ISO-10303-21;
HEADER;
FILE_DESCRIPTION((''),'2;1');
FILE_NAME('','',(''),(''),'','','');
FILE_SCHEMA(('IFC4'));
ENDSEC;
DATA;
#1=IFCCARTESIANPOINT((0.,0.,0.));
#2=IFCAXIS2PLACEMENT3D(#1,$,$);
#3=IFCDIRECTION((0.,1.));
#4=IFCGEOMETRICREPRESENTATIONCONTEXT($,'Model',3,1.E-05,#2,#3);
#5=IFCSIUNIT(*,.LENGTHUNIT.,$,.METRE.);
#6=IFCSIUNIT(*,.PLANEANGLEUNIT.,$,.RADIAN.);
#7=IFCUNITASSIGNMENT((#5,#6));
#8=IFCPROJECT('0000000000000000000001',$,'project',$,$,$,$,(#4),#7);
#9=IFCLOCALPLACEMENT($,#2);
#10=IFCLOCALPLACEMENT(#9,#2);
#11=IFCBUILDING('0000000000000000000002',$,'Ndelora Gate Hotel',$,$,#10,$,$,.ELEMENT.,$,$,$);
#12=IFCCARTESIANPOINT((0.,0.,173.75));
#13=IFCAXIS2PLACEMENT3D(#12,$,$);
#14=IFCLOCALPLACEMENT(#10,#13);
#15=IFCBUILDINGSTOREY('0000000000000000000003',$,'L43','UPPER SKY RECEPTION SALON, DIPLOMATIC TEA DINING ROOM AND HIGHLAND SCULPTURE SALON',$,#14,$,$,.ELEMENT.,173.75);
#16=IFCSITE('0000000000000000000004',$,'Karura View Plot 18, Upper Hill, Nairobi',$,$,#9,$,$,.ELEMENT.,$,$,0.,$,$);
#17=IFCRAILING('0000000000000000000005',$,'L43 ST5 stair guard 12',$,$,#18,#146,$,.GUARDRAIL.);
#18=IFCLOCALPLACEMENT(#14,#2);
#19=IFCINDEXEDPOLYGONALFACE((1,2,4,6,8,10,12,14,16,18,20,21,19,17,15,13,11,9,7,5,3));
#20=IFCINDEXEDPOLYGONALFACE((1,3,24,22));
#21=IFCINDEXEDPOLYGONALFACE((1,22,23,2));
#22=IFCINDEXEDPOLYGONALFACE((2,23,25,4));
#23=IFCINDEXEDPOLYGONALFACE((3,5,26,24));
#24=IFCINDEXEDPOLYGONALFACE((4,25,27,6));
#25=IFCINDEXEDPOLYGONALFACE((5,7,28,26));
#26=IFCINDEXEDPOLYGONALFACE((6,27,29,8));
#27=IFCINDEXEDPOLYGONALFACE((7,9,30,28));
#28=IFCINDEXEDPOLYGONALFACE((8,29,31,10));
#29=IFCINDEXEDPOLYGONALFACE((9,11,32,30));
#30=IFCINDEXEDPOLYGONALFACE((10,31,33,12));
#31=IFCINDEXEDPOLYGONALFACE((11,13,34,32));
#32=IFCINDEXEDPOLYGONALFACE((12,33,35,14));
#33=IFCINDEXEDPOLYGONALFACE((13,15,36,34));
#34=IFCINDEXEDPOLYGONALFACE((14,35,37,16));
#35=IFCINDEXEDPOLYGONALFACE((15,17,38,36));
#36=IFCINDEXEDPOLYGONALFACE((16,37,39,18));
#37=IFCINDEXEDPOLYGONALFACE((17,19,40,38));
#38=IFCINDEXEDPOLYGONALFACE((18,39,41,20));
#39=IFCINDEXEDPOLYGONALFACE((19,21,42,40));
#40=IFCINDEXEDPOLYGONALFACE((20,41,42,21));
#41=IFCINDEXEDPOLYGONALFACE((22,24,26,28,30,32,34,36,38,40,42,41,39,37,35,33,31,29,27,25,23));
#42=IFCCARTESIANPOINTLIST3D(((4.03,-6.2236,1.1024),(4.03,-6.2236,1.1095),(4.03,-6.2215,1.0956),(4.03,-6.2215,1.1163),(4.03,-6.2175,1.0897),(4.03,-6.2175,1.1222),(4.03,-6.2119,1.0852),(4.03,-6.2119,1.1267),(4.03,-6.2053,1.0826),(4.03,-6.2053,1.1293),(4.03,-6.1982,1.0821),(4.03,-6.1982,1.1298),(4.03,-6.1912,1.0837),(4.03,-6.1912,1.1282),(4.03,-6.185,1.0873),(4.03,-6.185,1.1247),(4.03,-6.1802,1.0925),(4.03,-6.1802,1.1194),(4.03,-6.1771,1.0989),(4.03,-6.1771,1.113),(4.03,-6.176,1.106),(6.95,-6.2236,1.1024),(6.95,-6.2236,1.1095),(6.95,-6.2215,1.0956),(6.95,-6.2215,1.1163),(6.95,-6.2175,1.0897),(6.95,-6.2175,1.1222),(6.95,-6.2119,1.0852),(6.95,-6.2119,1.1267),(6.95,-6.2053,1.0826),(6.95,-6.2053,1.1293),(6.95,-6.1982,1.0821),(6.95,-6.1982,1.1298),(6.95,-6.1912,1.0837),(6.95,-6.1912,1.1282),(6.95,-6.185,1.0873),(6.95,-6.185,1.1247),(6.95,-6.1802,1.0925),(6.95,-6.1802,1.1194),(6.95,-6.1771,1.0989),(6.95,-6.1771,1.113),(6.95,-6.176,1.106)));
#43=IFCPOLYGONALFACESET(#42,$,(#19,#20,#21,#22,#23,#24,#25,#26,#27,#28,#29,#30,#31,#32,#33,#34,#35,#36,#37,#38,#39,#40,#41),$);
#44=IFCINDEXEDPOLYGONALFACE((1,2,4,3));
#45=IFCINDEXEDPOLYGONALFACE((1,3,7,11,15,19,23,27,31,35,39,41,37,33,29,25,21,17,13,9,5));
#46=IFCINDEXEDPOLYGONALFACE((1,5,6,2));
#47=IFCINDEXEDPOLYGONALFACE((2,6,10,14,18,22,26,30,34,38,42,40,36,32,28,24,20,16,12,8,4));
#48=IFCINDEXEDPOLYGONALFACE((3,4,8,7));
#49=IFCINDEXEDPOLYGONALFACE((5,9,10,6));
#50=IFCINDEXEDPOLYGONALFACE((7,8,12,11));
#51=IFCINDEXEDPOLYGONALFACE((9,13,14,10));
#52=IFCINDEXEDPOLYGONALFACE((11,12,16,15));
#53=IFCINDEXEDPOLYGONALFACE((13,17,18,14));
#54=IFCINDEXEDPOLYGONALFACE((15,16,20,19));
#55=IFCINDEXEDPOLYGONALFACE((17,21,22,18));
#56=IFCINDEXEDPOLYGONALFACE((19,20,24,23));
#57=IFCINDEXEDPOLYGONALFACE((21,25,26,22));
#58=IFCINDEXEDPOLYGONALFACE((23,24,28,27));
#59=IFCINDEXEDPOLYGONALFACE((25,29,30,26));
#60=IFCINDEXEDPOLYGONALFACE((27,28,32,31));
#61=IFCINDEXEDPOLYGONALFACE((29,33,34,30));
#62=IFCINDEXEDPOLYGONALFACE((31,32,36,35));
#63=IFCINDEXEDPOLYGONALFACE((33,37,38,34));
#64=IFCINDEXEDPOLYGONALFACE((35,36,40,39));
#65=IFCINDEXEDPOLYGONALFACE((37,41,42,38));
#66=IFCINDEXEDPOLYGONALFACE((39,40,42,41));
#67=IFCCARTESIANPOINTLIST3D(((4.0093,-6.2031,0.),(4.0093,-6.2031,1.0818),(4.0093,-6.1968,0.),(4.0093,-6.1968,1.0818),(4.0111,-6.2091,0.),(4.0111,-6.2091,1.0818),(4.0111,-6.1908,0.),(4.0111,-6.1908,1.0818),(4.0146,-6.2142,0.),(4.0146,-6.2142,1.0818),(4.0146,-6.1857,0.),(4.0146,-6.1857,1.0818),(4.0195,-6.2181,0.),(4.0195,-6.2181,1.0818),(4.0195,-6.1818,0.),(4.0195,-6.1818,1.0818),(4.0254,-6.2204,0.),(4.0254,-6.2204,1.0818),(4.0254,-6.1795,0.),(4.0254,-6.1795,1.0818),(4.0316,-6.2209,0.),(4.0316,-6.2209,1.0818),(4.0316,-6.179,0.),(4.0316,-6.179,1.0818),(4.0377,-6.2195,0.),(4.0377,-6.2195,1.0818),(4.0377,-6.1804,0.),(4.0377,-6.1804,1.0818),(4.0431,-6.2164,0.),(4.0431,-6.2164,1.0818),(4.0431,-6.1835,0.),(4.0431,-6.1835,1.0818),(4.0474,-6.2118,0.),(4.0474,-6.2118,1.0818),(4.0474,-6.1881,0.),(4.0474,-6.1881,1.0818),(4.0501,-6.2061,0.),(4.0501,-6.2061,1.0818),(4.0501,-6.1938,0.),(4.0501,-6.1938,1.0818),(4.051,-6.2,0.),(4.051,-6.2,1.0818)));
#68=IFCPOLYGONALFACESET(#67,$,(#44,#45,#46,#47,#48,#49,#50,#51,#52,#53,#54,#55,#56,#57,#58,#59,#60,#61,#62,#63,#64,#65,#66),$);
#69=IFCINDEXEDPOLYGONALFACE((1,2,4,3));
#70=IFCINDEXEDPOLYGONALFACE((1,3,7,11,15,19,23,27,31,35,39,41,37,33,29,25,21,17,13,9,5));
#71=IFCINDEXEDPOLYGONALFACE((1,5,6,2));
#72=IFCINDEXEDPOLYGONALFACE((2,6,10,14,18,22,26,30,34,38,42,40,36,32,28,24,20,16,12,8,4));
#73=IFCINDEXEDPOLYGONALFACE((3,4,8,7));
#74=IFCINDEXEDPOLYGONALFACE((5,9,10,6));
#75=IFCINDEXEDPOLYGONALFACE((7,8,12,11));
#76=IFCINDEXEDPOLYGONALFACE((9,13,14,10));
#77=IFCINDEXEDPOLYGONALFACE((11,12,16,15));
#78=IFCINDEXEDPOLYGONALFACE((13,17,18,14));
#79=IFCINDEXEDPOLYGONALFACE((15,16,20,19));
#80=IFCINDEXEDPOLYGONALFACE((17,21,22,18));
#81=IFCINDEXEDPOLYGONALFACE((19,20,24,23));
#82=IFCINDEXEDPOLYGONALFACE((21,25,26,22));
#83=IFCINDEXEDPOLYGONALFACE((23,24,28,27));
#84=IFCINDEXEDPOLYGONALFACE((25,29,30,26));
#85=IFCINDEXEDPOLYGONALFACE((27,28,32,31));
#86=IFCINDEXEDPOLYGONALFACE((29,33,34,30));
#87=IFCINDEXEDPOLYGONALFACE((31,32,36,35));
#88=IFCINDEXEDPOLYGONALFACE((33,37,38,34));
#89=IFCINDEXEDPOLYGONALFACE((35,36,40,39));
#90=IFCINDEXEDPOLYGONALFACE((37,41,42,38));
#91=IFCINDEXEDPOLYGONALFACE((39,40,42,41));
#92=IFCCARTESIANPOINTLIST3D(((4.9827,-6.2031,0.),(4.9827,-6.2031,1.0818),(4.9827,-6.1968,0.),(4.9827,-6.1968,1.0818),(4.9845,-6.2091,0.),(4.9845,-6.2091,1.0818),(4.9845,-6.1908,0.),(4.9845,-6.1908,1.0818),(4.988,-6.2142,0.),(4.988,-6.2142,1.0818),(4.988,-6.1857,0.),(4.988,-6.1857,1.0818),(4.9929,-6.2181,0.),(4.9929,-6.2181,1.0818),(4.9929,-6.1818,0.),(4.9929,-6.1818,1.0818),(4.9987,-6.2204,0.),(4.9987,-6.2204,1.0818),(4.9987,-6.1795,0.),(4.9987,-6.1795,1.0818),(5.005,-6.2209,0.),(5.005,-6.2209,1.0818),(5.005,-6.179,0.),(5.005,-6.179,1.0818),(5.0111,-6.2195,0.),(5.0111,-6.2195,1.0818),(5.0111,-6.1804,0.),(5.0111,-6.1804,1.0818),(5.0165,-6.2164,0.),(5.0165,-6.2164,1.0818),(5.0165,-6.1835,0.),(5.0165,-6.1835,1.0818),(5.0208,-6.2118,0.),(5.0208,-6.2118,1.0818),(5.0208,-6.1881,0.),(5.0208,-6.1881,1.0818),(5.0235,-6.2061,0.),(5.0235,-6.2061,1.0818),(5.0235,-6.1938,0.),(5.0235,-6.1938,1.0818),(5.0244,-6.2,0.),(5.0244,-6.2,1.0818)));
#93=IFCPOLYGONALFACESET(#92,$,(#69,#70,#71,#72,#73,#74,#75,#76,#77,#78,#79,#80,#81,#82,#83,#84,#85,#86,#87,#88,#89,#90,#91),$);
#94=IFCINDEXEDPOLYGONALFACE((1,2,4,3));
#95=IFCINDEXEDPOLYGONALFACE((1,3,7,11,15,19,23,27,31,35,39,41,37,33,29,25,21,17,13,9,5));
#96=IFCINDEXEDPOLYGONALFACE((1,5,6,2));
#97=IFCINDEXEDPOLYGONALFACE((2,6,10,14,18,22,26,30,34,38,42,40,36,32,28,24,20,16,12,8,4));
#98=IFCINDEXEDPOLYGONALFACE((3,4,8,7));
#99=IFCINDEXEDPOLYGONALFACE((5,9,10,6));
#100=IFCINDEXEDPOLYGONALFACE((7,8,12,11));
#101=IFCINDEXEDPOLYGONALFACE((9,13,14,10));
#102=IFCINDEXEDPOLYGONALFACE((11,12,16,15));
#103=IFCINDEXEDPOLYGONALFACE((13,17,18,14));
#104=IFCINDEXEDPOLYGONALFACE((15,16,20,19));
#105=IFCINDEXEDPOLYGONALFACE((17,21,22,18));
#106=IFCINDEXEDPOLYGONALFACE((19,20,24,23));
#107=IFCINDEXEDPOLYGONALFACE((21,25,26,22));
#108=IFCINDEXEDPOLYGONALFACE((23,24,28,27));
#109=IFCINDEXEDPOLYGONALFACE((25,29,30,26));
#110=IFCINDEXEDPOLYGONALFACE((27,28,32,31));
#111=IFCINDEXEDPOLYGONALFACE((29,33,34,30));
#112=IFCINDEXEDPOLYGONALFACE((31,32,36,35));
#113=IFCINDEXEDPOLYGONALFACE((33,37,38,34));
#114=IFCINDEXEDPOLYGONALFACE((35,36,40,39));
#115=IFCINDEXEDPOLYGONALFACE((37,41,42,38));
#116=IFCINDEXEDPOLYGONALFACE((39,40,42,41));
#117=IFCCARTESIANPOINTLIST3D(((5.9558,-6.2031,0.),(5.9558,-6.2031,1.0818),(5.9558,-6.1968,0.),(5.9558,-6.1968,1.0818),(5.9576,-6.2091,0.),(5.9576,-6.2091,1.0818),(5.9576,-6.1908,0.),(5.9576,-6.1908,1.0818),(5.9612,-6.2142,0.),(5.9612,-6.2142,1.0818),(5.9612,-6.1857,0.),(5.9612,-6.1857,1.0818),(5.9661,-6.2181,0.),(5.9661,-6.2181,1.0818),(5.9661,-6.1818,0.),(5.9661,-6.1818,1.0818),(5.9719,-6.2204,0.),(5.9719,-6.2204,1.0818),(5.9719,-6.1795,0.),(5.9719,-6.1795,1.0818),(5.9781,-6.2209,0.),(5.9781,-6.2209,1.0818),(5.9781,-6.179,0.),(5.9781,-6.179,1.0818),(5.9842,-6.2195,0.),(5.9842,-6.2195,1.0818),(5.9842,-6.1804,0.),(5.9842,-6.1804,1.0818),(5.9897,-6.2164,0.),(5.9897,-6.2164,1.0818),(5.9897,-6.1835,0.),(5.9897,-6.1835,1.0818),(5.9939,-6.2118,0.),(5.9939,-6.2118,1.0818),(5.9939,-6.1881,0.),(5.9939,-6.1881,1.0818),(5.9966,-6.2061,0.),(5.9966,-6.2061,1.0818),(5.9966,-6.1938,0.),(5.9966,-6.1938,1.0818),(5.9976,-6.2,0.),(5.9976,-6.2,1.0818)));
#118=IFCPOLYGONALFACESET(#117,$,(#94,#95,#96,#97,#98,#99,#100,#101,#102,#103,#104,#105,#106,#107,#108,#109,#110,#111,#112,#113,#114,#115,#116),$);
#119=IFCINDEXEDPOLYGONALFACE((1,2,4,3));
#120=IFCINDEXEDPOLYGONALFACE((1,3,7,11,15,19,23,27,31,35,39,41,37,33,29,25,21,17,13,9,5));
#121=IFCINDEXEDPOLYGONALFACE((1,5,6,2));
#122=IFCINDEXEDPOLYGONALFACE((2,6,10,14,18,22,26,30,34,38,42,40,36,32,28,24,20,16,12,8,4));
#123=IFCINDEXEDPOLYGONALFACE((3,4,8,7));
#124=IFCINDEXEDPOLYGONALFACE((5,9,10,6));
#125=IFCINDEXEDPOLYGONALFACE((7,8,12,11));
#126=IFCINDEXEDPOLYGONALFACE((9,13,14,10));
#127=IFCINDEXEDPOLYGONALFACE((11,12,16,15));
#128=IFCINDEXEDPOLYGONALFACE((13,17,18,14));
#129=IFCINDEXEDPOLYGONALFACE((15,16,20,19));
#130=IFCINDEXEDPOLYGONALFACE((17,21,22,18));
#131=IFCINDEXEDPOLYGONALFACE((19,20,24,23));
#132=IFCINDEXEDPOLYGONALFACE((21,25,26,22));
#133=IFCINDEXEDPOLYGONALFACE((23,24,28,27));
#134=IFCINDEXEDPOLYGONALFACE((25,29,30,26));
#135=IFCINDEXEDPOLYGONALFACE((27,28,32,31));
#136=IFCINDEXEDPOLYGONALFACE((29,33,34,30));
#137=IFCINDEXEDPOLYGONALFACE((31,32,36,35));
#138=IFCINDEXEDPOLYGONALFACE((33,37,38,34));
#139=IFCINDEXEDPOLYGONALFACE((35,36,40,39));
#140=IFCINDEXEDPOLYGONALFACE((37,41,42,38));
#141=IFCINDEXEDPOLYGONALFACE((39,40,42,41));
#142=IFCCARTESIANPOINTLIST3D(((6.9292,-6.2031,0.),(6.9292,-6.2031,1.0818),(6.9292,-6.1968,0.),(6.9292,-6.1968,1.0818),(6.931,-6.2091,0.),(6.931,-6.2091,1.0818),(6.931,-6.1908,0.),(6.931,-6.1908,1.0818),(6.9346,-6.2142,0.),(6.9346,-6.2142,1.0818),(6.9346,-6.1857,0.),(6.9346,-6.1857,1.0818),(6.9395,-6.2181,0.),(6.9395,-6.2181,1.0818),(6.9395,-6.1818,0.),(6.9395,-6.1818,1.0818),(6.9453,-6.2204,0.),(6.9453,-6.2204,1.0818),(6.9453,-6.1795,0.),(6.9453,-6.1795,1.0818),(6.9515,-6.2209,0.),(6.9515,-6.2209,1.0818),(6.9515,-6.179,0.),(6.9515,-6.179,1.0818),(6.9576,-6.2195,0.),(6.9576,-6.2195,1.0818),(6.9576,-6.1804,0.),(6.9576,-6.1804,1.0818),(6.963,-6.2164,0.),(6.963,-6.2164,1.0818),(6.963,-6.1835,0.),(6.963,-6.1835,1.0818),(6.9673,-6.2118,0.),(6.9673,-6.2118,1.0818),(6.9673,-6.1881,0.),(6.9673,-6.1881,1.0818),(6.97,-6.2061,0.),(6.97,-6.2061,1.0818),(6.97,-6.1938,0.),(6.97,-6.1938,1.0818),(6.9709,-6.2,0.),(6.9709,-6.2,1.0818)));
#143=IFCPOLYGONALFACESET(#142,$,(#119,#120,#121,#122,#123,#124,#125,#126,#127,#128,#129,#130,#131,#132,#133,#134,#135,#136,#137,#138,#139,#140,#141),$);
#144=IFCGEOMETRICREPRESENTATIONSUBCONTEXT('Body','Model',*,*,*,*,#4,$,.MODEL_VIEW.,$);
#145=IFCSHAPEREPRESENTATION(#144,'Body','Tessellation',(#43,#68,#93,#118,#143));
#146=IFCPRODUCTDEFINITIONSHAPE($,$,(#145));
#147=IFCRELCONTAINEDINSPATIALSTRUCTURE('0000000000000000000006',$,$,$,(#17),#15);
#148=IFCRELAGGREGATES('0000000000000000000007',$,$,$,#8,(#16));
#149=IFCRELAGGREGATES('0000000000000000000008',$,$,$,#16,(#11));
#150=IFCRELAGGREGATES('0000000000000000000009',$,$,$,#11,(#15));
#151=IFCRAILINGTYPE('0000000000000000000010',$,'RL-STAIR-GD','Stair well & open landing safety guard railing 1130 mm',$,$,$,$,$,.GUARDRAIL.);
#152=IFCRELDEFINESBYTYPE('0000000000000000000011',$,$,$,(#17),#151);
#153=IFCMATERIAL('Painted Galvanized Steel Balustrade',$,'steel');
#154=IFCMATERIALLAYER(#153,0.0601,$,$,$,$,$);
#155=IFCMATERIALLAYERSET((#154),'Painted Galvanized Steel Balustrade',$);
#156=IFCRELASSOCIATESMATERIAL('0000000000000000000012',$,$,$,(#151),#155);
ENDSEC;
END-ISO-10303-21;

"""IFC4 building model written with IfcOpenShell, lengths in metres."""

from ifc_helpers import new_model, si_unit, direction, frame, origin, origin_2d, place, context, subcontext, project, spatial, circle, extrude, material, layer, layer_set, type_object, element, save


model = new_model("IFC4")

# Units and contexts
model_context = context("Model", 3, precision=1e-05, world=origin(), true_north=direction((0.0, 1.0)))
body_context = subcontext(model_context, "Body", "Model", "MODEL_VIEW")
ifc_project = project(units=[si_unit("LENGTHUNIT", "METRE"), si_unit("PLANEANGLEUNIT", "RADIAN")], contexts=[model_context])

# Site, building, storey
site_placement = place(None, origin())
site = spatial("IfcSite", under=ifc_project, at=site_placement, Name="Karura View Plot 18, Upper Hill, Nairobi", CompositionType="ELEMENT", RefElevation=0.0)
building_placement = place(site_placement, origin())
building = spatial("IfcBuilding", under=site, at=building_placement, Name="Ndelora Gate Hotel", CompositionType="ELEMENT")
storey_placement = place(building_placement, frame((0.0, 0.0, 173.75)))
storey = spatial("IfcBuildingStorey", under=building, at=storey_placement, Name="L43", Description="UPPER SKY RECEPTION SALON, DIPLOMATIC TEA DINING ROOM AND HIGHLAND SCULPTURE SALON", CompositionType="ELEMENT", Elevation=173.75)

# Railing
ifc_material_1 = material(Name="Painted Galvanized Steel Balustrade", Category="steel")
ifc_layer_1 = layer(ifc_material_1, 0.0601)
ifc_layer_set_1 = layer_set([ifc_layer_1], Name="Painted Galvanized Steel Balustrade")
railing_type = type_object("IfcRailingType", Name="RL-STAIR-GD", Description="Stair well & open landing safety guard railing 1130 mm", PredefinedType="GUARDRAIL", material=ifc_layer_set_1)
railing_1_placement = place(storey_placement, frame((4.03, -6.2, 0.0)))
element("IfcRailing", 1, at=railing_1_placement, inside=storey, type_object=railing_type, Name="L43 ST5 stair guard 12", PredefinedType="GUARDRAIL", context=body_context, shape_type="SweptSolid", body=[
    extrude(circle(Radius=0.0239, at=origin_2d()), frame((0.0, 0.0, 1.106), z_axis=(1.0, 0.0, 0.0), x_axis=(0.0, 1.0, 0.0)), (0.0, 0.0, 1.0), 2.9199),
    extrude(circle(Radius=0.021, at=origin_2d()), origin(), (0.0, 0.0, 1.0), 1.0818),
    extrude(circle(Radius=0.021, at=origin_2d()), frame((0.9734, 0.0, 0.0)), (0.0, 0.0, 1.0), 1.0818),
    extrude(circle(Radius=0.021, at=origin_2d()), frame((1.9465, 0.0, 0.0)), (0.0, 0.0, 1.0), 1.0818),
    extrude(circle(Radius=0.021, at=origin_2d()), frame((2.9199, 0.0, 0.0)), (0.0, 0.0, 1.0), 1.0818),
])

save(model, "model.ifc")
